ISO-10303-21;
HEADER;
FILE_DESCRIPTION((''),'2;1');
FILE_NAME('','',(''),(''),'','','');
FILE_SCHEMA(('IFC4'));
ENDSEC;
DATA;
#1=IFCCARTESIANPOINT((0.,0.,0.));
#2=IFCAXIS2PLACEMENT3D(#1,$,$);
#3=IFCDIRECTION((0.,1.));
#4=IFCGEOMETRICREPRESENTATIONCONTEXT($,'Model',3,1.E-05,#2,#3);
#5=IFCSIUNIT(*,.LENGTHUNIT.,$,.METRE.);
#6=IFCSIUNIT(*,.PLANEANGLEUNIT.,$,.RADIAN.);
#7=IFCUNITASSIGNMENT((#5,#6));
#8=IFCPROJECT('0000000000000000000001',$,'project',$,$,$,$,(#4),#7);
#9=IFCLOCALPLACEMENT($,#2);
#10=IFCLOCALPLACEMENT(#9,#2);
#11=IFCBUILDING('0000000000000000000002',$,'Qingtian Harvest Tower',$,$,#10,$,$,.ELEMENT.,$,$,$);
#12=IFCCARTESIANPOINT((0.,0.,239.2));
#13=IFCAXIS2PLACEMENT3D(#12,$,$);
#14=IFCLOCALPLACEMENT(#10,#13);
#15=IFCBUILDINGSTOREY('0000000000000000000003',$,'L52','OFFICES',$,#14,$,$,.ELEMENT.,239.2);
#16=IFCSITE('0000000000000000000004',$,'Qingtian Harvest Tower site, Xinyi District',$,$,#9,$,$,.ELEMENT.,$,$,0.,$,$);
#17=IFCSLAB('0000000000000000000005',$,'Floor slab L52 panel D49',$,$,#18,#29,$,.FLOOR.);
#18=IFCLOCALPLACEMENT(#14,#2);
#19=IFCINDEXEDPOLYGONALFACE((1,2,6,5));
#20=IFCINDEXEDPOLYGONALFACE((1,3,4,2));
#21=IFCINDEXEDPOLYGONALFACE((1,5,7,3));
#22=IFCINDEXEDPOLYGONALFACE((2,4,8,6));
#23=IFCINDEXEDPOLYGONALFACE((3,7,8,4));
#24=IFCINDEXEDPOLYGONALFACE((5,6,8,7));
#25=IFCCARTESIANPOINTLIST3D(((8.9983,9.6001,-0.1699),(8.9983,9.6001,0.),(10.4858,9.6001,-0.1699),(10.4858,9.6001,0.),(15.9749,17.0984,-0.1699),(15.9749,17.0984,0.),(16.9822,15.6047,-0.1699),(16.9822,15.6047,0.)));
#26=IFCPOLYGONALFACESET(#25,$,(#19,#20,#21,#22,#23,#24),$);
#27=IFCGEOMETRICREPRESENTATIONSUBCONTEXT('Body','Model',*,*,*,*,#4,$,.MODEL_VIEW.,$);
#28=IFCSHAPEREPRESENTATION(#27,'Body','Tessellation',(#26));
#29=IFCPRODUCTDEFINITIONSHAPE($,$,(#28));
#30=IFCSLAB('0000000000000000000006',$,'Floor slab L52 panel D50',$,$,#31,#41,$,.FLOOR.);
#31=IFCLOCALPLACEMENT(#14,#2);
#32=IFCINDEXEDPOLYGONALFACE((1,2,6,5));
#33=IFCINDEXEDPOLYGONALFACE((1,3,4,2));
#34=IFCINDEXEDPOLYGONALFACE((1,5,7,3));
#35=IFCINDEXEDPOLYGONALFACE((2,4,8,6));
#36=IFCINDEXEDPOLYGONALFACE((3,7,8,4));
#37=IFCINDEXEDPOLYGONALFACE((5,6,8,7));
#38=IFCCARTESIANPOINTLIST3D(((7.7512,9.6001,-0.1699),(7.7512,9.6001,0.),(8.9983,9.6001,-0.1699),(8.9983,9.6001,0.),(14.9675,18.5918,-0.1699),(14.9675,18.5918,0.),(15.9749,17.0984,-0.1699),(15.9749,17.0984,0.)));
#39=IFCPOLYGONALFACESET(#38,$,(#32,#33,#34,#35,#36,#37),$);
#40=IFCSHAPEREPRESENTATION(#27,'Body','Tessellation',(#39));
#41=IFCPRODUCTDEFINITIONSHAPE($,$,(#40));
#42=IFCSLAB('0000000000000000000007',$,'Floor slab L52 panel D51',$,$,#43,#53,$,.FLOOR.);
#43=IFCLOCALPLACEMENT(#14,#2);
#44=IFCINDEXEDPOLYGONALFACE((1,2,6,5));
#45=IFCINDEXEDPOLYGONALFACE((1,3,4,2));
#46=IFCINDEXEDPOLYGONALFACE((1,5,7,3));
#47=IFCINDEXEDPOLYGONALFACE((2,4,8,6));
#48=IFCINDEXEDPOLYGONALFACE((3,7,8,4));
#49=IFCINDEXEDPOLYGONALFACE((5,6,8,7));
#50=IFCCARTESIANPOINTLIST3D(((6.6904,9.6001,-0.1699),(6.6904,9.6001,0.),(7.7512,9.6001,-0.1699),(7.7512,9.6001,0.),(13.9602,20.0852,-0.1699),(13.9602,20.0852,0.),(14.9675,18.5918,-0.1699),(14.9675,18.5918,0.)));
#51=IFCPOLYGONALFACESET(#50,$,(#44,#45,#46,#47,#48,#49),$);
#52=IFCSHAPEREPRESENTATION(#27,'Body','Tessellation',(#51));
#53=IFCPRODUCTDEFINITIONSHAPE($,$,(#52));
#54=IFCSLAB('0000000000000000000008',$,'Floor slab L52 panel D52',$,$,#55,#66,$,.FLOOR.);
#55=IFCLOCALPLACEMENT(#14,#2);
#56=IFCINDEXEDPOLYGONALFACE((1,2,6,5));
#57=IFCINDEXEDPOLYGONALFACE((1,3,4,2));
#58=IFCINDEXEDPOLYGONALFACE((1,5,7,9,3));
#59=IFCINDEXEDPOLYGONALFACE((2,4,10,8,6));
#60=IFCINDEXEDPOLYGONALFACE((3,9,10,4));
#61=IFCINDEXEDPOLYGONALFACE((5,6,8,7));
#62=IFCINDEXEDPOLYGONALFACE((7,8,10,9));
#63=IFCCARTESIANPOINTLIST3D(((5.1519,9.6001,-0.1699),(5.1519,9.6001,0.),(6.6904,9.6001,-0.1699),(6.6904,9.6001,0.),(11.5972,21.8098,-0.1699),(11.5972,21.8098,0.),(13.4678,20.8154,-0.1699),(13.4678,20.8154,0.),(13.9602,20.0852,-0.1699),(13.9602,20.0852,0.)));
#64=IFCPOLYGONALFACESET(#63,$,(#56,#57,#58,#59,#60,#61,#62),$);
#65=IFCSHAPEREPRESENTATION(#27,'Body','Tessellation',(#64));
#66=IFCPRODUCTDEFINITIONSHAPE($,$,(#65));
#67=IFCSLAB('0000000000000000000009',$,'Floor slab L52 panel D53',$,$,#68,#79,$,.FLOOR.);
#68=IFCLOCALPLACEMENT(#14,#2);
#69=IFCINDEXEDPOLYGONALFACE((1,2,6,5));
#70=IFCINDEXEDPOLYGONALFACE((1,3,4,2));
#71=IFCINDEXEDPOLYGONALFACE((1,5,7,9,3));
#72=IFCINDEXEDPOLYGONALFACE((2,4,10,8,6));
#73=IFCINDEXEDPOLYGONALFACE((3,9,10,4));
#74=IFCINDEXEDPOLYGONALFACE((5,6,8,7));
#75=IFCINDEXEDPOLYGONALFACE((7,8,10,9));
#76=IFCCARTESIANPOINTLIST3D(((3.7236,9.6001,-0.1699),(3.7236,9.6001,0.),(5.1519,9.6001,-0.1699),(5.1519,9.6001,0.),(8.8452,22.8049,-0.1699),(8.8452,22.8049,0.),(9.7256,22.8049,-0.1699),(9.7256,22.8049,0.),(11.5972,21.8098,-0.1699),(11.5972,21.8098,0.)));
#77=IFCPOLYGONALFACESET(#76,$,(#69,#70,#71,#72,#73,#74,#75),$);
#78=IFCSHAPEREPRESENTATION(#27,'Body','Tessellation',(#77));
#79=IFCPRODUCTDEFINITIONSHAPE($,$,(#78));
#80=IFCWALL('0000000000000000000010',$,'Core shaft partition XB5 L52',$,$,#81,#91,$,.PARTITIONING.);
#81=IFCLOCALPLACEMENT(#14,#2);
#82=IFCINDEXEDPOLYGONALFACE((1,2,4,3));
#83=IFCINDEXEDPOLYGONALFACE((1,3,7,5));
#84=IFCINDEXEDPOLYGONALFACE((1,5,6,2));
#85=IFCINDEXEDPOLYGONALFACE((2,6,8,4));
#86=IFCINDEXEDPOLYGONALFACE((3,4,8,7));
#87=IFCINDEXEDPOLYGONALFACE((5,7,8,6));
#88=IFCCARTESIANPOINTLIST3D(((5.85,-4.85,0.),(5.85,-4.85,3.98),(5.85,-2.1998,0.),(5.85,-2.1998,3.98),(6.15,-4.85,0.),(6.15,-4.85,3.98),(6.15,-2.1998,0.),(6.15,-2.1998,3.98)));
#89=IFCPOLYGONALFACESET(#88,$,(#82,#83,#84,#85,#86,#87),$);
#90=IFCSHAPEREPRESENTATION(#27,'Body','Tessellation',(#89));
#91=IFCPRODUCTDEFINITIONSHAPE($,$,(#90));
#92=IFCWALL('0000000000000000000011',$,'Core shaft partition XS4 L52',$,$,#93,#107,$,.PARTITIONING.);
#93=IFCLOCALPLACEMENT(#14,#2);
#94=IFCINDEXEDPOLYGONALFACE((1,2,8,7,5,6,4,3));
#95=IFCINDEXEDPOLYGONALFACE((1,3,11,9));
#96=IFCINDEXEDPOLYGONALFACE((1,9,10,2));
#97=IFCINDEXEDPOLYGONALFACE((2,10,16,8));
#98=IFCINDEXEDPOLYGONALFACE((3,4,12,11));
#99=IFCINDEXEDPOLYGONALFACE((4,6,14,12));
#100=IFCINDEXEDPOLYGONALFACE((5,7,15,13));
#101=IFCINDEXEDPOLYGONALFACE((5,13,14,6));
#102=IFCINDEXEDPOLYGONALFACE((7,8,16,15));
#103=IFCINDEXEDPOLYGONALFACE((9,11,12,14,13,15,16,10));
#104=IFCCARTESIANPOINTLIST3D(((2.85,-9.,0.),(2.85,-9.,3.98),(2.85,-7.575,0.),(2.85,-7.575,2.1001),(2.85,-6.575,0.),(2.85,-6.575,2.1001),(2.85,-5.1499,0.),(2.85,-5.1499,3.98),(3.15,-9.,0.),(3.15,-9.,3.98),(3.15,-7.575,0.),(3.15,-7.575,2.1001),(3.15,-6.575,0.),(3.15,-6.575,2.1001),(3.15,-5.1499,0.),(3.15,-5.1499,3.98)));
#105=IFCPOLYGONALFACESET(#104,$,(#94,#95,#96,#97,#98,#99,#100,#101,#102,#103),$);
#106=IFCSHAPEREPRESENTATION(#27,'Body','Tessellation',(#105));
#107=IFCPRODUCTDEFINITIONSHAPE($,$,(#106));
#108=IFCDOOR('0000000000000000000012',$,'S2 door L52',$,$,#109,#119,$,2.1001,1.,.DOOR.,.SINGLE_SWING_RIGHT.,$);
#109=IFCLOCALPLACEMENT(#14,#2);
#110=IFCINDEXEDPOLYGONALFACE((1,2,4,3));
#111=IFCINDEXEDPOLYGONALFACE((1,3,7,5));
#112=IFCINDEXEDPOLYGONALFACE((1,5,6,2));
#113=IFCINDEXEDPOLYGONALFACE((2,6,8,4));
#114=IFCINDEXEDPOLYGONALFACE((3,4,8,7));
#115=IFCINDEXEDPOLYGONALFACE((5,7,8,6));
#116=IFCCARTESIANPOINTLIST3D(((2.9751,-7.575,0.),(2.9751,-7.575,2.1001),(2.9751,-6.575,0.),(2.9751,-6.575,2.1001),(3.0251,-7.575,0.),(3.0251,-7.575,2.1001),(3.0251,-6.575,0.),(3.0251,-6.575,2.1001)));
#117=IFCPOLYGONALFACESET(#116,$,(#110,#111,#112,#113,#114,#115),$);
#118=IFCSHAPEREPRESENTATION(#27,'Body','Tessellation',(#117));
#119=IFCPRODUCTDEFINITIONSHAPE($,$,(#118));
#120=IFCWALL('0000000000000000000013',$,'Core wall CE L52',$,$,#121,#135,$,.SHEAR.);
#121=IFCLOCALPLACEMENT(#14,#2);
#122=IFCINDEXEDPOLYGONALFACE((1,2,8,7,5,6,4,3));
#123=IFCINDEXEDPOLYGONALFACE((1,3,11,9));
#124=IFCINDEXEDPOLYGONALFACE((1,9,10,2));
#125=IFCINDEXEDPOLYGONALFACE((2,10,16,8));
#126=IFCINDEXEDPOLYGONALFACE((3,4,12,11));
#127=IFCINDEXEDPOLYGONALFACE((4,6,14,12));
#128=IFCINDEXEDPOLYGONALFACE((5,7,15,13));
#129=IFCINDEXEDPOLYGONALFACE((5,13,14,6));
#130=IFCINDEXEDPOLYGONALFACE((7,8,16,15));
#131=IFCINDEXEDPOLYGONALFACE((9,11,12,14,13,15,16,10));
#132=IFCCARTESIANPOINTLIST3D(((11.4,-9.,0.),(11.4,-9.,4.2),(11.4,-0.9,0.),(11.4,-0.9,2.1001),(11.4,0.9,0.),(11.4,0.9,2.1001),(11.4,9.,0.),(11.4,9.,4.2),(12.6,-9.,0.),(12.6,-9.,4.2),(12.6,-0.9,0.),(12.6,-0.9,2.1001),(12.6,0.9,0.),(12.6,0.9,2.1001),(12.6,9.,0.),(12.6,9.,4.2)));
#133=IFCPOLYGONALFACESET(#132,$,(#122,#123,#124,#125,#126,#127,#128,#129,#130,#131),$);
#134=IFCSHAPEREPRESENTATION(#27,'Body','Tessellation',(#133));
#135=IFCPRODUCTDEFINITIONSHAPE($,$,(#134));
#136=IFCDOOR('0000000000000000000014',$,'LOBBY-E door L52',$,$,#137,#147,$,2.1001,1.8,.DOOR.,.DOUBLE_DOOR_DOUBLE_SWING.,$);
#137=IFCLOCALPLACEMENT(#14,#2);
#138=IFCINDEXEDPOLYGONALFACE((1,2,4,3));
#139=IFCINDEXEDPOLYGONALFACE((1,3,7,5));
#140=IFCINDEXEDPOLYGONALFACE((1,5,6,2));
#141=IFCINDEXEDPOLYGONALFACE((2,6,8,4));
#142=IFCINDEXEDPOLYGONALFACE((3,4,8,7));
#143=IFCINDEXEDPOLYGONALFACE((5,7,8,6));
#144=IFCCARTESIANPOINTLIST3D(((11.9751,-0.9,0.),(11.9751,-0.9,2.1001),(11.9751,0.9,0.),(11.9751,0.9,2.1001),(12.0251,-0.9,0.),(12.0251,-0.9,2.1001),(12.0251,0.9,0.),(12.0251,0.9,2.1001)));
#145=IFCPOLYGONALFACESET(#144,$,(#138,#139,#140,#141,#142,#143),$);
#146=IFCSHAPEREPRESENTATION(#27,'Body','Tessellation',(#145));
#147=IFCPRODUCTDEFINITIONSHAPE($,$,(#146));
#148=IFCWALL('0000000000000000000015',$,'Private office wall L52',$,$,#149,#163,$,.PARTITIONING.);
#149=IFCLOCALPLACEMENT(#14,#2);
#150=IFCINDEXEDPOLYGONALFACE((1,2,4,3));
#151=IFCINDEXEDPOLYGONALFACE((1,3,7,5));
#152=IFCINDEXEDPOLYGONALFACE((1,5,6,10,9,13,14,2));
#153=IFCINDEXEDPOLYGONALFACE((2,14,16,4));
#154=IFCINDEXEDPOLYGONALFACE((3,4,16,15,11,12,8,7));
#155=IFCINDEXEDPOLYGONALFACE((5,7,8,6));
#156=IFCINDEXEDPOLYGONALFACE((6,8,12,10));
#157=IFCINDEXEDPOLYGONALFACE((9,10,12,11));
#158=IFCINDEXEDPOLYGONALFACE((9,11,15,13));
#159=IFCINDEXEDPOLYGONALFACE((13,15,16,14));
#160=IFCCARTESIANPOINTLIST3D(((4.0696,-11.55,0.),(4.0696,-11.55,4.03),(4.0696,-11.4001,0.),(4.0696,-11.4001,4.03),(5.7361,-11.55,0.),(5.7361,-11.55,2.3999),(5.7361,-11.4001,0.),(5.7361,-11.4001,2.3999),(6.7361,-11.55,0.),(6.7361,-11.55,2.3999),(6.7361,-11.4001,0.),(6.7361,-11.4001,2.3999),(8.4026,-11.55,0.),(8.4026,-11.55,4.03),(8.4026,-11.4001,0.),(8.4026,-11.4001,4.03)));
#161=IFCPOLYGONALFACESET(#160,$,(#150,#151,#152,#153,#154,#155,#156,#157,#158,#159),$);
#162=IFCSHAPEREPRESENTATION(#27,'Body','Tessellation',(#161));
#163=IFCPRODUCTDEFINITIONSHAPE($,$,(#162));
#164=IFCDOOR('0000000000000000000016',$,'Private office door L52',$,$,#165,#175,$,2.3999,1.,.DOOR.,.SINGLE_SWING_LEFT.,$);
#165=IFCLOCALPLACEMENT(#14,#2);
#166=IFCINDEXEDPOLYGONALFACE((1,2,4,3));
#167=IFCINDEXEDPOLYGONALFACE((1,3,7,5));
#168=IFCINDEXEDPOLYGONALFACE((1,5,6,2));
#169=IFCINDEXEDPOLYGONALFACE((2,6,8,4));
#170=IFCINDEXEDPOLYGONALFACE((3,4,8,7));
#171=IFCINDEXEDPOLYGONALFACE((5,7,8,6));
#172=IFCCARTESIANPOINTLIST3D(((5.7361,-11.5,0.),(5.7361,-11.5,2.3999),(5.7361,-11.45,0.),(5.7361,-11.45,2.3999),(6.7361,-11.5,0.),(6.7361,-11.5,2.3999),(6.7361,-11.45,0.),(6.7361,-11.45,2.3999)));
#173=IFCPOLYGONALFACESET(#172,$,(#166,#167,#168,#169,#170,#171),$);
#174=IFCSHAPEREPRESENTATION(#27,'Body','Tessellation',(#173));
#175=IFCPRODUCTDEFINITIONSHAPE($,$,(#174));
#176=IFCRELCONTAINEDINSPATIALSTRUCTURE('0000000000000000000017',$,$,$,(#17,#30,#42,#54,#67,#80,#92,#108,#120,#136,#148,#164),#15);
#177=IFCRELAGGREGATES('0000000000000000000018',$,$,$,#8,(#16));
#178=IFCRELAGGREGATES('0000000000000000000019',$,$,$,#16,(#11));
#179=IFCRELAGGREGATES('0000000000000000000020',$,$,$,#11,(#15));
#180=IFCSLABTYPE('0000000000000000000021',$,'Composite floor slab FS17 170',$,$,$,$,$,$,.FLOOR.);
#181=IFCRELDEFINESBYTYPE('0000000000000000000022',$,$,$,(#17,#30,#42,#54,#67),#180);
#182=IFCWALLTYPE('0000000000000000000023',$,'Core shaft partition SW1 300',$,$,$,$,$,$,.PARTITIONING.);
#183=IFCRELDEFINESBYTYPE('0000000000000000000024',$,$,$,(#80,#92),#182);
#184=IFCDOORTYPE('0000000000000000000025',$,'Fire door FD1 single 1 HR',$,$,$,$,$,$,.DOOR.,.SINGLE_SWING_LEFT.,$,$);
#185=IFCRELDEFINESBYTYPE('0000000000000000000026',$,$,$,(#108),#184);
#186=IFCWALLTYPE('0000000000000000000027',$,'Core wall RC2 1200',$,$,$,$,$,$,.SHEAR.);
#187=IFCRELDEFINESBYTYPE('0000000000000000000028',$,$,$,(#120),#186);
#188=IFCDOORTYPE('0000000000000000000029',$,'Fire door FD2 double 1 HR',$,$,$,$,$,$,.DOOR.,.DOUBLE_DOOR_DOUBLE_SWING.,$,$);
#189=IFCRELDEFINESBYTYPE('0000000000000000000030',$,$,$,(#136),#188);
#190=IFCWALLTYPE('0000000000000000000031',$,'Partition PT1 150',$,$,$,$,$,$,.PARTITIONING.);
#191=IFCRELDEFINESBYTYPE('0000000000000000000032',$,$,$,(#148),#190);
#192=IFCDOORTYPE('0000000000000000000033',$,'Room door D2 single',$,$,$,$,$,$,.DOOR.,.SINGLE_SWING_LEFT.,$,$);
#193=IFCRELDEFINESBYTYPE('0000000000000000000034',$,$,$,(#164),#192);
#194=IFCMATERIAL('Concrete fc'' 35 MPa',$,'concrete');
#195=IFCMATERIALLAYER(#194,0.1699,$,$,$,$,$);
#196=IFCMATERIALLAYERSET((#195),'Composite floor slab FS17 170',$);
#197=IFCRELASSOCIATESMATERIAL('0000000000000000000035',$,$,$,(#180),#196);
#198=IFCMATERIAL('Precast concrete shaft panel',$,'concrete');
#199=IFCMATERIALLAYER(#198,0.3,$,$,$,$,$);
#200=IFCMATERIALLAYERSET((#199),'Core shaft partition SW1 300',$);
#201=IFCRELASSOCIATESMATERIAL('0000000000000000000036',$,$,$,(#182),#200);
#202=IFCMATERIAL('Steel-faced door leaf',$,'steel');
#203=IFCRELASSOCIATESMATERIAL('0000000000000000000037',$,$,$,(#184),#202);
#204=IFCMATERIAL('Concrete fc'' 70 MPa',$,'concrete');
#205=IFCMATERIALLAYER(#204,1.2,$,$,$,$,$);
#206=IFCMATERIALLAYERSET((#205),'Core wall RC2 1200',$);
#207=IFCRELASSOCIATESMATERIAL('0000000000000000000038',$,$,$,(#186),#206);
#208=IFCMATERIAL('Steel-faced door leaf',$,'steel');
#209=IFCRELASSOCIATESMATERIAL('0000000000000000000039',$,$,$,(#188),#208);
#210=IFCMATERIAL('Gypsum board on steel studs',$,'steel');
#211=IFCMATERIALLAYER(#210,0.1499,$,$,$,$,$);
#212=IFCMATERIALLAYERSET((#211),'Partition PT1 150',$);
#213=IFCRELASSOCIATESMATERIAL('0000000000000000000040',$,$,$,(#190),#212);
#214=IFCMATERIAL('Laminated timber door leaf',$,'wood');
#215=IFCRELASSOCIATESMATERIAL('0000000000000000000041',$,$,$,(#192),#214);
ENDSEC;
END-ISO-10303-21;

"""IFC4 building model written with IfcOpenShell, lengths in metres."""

from ifc_helpers import new_model, si_unit, direction, frame, frame_2d, origin, place, context, subcontext, project, spatial, polyline, rectangle, outline, extrude, material, layer, layer_set, type_object, element, fill, save


model = new_model("IFC4")

# Units and contexts
model_context = context("Model", 3, precision=1e-05, world=origin(), true_north=direction((0.0, 1.0)))
body_context = subcontext(model_context, "Body", "Model", "MODEL_VIEW")
ifc_project = project(units=[si_unit("LENGTHUNIT", "METRE"), si_unit("PLANEANGLEUNIT", "RADIAN")], contexts=[model_context])

# Site, building, storey
site_placement = place(None, origin())
site = spatial("IfcSite", under=ifc_project, at=site_placement, Name="Qingtian Harvest Tower site, Xinyi District", CompositionType="ELEMENT", RefElevation=0.0)
building_placement = place(site_placement, origin())
building = spatial("IfcBuilding", under=site, at=building_placement, Name="Qingtian Harvest Tower", CompositionType="ELEMENT")
storey_placement = place(building_placement, frame((0.0, 0.0, 239.2)))
storey = spatial("IfcBuildingStorey", under=building, at=storey_placement, Name="L52", Description="OFFICES", CompositionType="ELEMENT", Elevation=239.2)

# Slabs
ifc_material_1 = material(Name="Concrete fc' 35 MPa", Category="concrete")
ifc_layer_1 = layer(ifc_material_1, 0.1699)
ifc_layer_set_1 = layer_set([ifc_layer_1], Name="Composite floor slab FS17 170")
slab_type = type_object("IfcSlabType", Name="Composite floor slab FS17 170", PredefinedType="FLOOR", material=ifc_layer_set_1)
slab_1_placement = place(storey_placement, frame((0.0, 0.0, -0.1699)))
element("IfcSlab", 1, at=slab_1_placement, inside=storey, type_object=slab_type, Name="Floor slab L52 panel D49", PredefinedType="FLOOR", context=body_context, shape_type="SweptSolid", body=[
    extrude(outline(polyline([(8.9983, 9.6001), (15.9749, 17.0984), (16.9822, 15.6047), (10.4858, 9.6001), (8.9983, 9.6001)])), origin(), (0.0, 0.0, 1.0), 0.1699),
])
slab_2_placement = place(storey_placement, frame((0.0, 0.0, -0.1699)))
element("IfcSlab", 2, at=slab_2_placement, inside=storey, type_object=slab_type, Name="Floor slab L52 panel D50", PredefinedType="FLOOR", context=body_context, shape_type="SweptSolid", body=[
    extrude(outline(polyline([(7.7512, 9.6001), (14.9675, 18.5918), (15.9749, 17.0984), (8.9983, 9.6001), (7.7512, 9.6001)])), origin(), (0.0, 0.0, 1.0), 0.1699),
])
slab_3_placement = place(storey_placement, frame((0.0, 0.0, -0.1699)))
element("IfcSlab", 3, at=slab_3_placement, inside=storey, type_object=slab_type, Name="Floor slab L52 panel D51", PredefinedType="FLOOR", context=body_context, shape_type="SweptSolid", body=[
    extrude(outline(polyline([(6.6904, 9.6001), (13.9602, 20.0852), (14.9675, 18.5918), (7.7512, 9.6001), (6.6904, 9.6001)])), origin(), (0.0, 0.0, 1.0), 0.1699),
])
slab_4_placement = place(storey_placement, frame((0.0, 0.0, -0.1699)))
element("IfcSlab", 4, at=slab_4_placement, inside=storey, type_object=slab_type, Name="Floor slab L52 panel D52", PredefinedType="FLOOR", context=body_context, shape_type="SweptSolid", body=[
    extrude(outline(polyline([(6.6904, 9.6001), (5.1519, 9.6001), (11.5972, 21.8098), (13.4678, 20.8154), (13.9602, 20.0852), (6.6904, 9.6001)])), origin(), (0.0, 0.0, 1.0), 0.1699),
])
slab_5_placement = place(storey_placement, frame((0.0, 0.0, -0.1699)))
element("IfcSlab", 5, at=slab_5_placement, inside=storey, type_object=slab_type, Name="Floor slab L52 panel D53", PredefinedType="FLOOR", context=body_context, shape_type="SweptSolid", body=[
    extrude(outline(polyline([(3.7236, 9.6001), (8.8452, 22.8049), (9.7256, 22.8049), (11.5972, 21.8098), (5.1519, 9.6001), (3.7236, 9.6001)])), origin(), (0.0, 0.0, 1.0), 0.1699),
])

# Wall
ifc_material_2 = material(Name="Precast concrete shaft panel", Category="concrete")
ifc_layer_2 = layer(ifc_material_2, 0.3)
ifc_layer_set_2 = layer_set([ifc_layer_2], Name="Core shaft partition SW1 300")
wall_type_1 = type_object("IfcWallType", Name="Core shaft partition SW1 300", PredefinedType="PARTITIONING", material=ifc_layer_set_2)
wall_1_placement = place(storey_placement, frame((6.0, -4.8501, 0.0), z_axis=(0.0, 0.0, 1.0), x_axis=(0.0, 1.0, 0.0)))
element("IfcWall", 6, at=wall_1_placement, inside=storey, type_object=wall_type_1, Name="Core shaft partition XB5 L52", PredefinedType="PARTITIONING", context=body_context, shape_type="SweptSolid", body=[
    extrude(rectangle(XDim=2.6501, YDim=0.3, at=frame_2d((1.3252, 0.0))), origin(), (0.0, 0.0, 1.0), 3.98),
])

# Walls, openings, doors
wall_2_placement = place(storey_placement, frame((3.0, -9.0, 0.0), z_axis=(0.0, 0.0, 1.0), x_axis=(0.0, 1.0, 0.0)))
wall_2 = element("IfcWall", 7, at=wall_2_placement, inside=storey, type_object=wall_type_1, Name="Core shaft partition XS4 L52", PredefinedType="PARTITIONING", context=body_context, shape_type="SweptSolid", body=[
    extrude(rectangle(XDim=3.8501, YDim=0.3, at=frame_2d((1.925, 0.0))), origin(), (0.0, 0.0, 1.0), 3.98),
])
opening_1_placement = place(wall_2_placement, frame((1.425, 0.0, 0.0)))
opening_1 = element("IfcOpeningElement", 8, at=opening_1_placement, cuts=wall_2, PredefinedType="OPENING", context=body_context, shape_type="SweptSolid", body=[
    extrude(rectangle(XDim=1.0, YDim=2.1001, at=frame_2d((0.5, 1.05))), frame((0.0, 0.1599, 0.0), z_axis=(0.0, -1.0, 0.0), x_axis=(1.0, 0.0, 0.0)), (0.0, 0.0, 1.0), 0.3201),
])
ifc_material_3 = material(Name="Steel-faced door leaf", Category="steel")
door_type_1 = type_object("IfcDoorType", Name="Fire door FD1 single 1 HR", OperationType="SINGLE_SWING_LEFT", PredefinedType="DOOR", material=ifc_material_3)
door_1_placement = place(opening_1_placement, origin())
door_1 = element("IfcDoor", 9, at=door_1_placement, inside=storey, type_object=door_type_1, Name="S2 door L52", OperationType="SINGLE_SWING_RIGHT", OverallHeight=2.1001, OverallWidth=1.0, PredefinedType="DOOR", context=body_context, shape_type="SweptSolid", body=[
    extrude(rectangle(XDim=1.0, YDim=2.1001, at=frame_2d((0.5, 1.05))), frame((0.0, 0.0249, 0.0), z_axis=(0.0, -1.0, 0.0), x_axis=(1.0, 0.0, 0.0)), (0.0, 0.0, 1.0), 0.05),
])
fill(opening_1, door_1)
ifc_material_4 = material(Name="Concrete fc' 70 MPa", Category="concrete")
ifc_layer_3 = layer(ifc_material_4, 1.2)
ifc_layer_set_3 = layer_set([ifc_layer_3], Name="Core wall RC2 1200")
wall_type_2 = type_object("IfcWallType", Name="Core wall RC2 1200", PredefinedType="SHEAR", material=ifc_layer_set_3)
wall_3_placement = place(storey_placement, frame((12.0, -9.0, 0.0), z_axis=(0.0, 0.0, 1.0), x_axis=(0.0, 1.0, 0.0)))
wall_3 = element("IfcWall", 10, at=wall_3_placement, inside=storey, type_object=wall_type_2, Name="Core wall CE L52", PredefinedType="SHEAR", context=body_context, shape_type="SweptSolid", body=[
    extrude(rectangle(XDim=18.0, YDim=1.2, at=frame_2d((9.0, 0.0))), origin(), (0.0, 0.0, 1.0), 4.2),
])
opening_2_placement = place(wall_3_placement, frame((8.1001, 0.0, 0.0)))
opening_2 = element("IfcOpeningElement", 11, at=opening_2_placement, cuts=wall_3, PredefinedType="OPENING", context=body_context, shape_type="SweptSolid", body=[
    extrude(rectangle(XDim=1.8, YDim=2.1001, at=frame_2d((0.8999, 1.05))), frame((0.0, 0.6099, 0.0), z_axis=(0.0, -1.0, 0.0), x_axis=(1.0, 0.0, 0.0)), (0.0, 0.0, 1.0), 1.22),
])
ifc_material_5 = material(Name="Steel-faced door leaf", Category="steel")
door_type_2 = type_object("IfcDoorType", Name="Fire door FD2 double 1 HR", OperationType="DOUBLE_DOOR_DOUBLE_SWING", PredefinedType="DOOR", material=ifc_material_5)
door_2_placement = place(opening_2_placement, origin())
door_2 = element("IfcDoor", 12, at=door_2_placement, inside=storey, type_object=door_type_2, Name="LOBBY-E door L52", OperationType="DOUBLE_DOOR_DOUBLE_SWING", OverallHeight=2.1001, OverallWidth=1.8, PredefinedType="DOOR", context=body_context, shape_type="SweptSolid", body=[
    extrude(rectangle(XDim=1.8, YDim=2.1001, at=frame_2d((0.8999, 1.05))), frame((0.0, 0.0249, 0.0), z_axis=(0.0, -1.0, 0.0), x_axis=(1.0, 0.0, 0.0)), (0.0, 0.0, 1.0), 0.05),
])
fill(opening_2, door_2)
ifc_material_6 = material(Name="Gypsum board on steel studs", Category="steel")
ifc_layer_4 = layer(ifc_material_6, 0.1499)
ifc_layer_set_4 = layer_set([ifc_layer_4], Name="Partition PT1 150")
wall_type_3 = type_object("IfcWallType", Name="Partition PT1 150", PredefinedType="PARTITIONING", material=ifc_layer_set_4)
ifc_material_7 = material(Name="Laminated timber door leaf", Category="wood")
door_type_3 = type_object("IfcDoorType", Name="Room door D2 single", OperationType="SINGLE_SWING_LEFT", PredefinedType="DOOR", material=ifc_material_7)
wall_4_placement = place(storey_placement, frame((8.4026, -11.4751, 0.0), z_axis=(0.0, 0.0, 1.0), x_axis=(-1.0, 0.0, 0.0)))
wall_4 = element("IfcWall", 13, at=wall_4_placement, inside=storey, type_object=wall_type_3, Name="Private office wall L52", PredefinedType="PARTITIONING", context=body_context, shape_type="SweptSolid", body=[
    extrude(rectangle(XDim=4.333, YDim=0.1499, at=frame_2d((2.1665, 0.0))), origin(), (0.0, 0.0, 1.0), 4.03),
])
opening_3_placement = place(wall_4_placement, frame((1.6665, 0.0, 0.0)))
opening_3 = element("IfcOpeningElement", 14, at=opening_3_placement, cuts=wall_4, PredefinedType="OPENING", context=body_context, shape_type="SweptSolid", body=[
    extrude(rectangle(XDim=1.0, YDim=2.3999, at=frame_2d((0.5, 1.2))), frame((0.0, 0.085, 0.0), z_axis=(0.0, -1.0, 0.0), x_axis=(1.0, 0.0, 0.0)), (0.0, 0.0, 1.0), 0.1699),
])
door_3_placement = place(opening_3_placement, origin())
door_3 = element("IfcDoor", 15, at=door_3_placement, inside=storey, type_object=door_type_3, Name="Private office door L52", OperationType="SINGLE_SWING_LEFT", OverallHeight=2.3999, OverallWidth=1.0, PredefinedType="DOOR", context=body_context, shape_type="SweptSolid", body=[
    extrude(rectangle(XDim=1.0, YDim=2.3999, at=frame_2d((0.5, 1.2))), frame((0.0, 0.0249, 0.0), z_axis=(0.0, -1.0, 0.0), x_axis=(1.0, 0.0, 0.0)), (0.0, 0.0, 1.0), 0.05),
])
fill(opening_3, door_3)

save(model, "model.ifc")
